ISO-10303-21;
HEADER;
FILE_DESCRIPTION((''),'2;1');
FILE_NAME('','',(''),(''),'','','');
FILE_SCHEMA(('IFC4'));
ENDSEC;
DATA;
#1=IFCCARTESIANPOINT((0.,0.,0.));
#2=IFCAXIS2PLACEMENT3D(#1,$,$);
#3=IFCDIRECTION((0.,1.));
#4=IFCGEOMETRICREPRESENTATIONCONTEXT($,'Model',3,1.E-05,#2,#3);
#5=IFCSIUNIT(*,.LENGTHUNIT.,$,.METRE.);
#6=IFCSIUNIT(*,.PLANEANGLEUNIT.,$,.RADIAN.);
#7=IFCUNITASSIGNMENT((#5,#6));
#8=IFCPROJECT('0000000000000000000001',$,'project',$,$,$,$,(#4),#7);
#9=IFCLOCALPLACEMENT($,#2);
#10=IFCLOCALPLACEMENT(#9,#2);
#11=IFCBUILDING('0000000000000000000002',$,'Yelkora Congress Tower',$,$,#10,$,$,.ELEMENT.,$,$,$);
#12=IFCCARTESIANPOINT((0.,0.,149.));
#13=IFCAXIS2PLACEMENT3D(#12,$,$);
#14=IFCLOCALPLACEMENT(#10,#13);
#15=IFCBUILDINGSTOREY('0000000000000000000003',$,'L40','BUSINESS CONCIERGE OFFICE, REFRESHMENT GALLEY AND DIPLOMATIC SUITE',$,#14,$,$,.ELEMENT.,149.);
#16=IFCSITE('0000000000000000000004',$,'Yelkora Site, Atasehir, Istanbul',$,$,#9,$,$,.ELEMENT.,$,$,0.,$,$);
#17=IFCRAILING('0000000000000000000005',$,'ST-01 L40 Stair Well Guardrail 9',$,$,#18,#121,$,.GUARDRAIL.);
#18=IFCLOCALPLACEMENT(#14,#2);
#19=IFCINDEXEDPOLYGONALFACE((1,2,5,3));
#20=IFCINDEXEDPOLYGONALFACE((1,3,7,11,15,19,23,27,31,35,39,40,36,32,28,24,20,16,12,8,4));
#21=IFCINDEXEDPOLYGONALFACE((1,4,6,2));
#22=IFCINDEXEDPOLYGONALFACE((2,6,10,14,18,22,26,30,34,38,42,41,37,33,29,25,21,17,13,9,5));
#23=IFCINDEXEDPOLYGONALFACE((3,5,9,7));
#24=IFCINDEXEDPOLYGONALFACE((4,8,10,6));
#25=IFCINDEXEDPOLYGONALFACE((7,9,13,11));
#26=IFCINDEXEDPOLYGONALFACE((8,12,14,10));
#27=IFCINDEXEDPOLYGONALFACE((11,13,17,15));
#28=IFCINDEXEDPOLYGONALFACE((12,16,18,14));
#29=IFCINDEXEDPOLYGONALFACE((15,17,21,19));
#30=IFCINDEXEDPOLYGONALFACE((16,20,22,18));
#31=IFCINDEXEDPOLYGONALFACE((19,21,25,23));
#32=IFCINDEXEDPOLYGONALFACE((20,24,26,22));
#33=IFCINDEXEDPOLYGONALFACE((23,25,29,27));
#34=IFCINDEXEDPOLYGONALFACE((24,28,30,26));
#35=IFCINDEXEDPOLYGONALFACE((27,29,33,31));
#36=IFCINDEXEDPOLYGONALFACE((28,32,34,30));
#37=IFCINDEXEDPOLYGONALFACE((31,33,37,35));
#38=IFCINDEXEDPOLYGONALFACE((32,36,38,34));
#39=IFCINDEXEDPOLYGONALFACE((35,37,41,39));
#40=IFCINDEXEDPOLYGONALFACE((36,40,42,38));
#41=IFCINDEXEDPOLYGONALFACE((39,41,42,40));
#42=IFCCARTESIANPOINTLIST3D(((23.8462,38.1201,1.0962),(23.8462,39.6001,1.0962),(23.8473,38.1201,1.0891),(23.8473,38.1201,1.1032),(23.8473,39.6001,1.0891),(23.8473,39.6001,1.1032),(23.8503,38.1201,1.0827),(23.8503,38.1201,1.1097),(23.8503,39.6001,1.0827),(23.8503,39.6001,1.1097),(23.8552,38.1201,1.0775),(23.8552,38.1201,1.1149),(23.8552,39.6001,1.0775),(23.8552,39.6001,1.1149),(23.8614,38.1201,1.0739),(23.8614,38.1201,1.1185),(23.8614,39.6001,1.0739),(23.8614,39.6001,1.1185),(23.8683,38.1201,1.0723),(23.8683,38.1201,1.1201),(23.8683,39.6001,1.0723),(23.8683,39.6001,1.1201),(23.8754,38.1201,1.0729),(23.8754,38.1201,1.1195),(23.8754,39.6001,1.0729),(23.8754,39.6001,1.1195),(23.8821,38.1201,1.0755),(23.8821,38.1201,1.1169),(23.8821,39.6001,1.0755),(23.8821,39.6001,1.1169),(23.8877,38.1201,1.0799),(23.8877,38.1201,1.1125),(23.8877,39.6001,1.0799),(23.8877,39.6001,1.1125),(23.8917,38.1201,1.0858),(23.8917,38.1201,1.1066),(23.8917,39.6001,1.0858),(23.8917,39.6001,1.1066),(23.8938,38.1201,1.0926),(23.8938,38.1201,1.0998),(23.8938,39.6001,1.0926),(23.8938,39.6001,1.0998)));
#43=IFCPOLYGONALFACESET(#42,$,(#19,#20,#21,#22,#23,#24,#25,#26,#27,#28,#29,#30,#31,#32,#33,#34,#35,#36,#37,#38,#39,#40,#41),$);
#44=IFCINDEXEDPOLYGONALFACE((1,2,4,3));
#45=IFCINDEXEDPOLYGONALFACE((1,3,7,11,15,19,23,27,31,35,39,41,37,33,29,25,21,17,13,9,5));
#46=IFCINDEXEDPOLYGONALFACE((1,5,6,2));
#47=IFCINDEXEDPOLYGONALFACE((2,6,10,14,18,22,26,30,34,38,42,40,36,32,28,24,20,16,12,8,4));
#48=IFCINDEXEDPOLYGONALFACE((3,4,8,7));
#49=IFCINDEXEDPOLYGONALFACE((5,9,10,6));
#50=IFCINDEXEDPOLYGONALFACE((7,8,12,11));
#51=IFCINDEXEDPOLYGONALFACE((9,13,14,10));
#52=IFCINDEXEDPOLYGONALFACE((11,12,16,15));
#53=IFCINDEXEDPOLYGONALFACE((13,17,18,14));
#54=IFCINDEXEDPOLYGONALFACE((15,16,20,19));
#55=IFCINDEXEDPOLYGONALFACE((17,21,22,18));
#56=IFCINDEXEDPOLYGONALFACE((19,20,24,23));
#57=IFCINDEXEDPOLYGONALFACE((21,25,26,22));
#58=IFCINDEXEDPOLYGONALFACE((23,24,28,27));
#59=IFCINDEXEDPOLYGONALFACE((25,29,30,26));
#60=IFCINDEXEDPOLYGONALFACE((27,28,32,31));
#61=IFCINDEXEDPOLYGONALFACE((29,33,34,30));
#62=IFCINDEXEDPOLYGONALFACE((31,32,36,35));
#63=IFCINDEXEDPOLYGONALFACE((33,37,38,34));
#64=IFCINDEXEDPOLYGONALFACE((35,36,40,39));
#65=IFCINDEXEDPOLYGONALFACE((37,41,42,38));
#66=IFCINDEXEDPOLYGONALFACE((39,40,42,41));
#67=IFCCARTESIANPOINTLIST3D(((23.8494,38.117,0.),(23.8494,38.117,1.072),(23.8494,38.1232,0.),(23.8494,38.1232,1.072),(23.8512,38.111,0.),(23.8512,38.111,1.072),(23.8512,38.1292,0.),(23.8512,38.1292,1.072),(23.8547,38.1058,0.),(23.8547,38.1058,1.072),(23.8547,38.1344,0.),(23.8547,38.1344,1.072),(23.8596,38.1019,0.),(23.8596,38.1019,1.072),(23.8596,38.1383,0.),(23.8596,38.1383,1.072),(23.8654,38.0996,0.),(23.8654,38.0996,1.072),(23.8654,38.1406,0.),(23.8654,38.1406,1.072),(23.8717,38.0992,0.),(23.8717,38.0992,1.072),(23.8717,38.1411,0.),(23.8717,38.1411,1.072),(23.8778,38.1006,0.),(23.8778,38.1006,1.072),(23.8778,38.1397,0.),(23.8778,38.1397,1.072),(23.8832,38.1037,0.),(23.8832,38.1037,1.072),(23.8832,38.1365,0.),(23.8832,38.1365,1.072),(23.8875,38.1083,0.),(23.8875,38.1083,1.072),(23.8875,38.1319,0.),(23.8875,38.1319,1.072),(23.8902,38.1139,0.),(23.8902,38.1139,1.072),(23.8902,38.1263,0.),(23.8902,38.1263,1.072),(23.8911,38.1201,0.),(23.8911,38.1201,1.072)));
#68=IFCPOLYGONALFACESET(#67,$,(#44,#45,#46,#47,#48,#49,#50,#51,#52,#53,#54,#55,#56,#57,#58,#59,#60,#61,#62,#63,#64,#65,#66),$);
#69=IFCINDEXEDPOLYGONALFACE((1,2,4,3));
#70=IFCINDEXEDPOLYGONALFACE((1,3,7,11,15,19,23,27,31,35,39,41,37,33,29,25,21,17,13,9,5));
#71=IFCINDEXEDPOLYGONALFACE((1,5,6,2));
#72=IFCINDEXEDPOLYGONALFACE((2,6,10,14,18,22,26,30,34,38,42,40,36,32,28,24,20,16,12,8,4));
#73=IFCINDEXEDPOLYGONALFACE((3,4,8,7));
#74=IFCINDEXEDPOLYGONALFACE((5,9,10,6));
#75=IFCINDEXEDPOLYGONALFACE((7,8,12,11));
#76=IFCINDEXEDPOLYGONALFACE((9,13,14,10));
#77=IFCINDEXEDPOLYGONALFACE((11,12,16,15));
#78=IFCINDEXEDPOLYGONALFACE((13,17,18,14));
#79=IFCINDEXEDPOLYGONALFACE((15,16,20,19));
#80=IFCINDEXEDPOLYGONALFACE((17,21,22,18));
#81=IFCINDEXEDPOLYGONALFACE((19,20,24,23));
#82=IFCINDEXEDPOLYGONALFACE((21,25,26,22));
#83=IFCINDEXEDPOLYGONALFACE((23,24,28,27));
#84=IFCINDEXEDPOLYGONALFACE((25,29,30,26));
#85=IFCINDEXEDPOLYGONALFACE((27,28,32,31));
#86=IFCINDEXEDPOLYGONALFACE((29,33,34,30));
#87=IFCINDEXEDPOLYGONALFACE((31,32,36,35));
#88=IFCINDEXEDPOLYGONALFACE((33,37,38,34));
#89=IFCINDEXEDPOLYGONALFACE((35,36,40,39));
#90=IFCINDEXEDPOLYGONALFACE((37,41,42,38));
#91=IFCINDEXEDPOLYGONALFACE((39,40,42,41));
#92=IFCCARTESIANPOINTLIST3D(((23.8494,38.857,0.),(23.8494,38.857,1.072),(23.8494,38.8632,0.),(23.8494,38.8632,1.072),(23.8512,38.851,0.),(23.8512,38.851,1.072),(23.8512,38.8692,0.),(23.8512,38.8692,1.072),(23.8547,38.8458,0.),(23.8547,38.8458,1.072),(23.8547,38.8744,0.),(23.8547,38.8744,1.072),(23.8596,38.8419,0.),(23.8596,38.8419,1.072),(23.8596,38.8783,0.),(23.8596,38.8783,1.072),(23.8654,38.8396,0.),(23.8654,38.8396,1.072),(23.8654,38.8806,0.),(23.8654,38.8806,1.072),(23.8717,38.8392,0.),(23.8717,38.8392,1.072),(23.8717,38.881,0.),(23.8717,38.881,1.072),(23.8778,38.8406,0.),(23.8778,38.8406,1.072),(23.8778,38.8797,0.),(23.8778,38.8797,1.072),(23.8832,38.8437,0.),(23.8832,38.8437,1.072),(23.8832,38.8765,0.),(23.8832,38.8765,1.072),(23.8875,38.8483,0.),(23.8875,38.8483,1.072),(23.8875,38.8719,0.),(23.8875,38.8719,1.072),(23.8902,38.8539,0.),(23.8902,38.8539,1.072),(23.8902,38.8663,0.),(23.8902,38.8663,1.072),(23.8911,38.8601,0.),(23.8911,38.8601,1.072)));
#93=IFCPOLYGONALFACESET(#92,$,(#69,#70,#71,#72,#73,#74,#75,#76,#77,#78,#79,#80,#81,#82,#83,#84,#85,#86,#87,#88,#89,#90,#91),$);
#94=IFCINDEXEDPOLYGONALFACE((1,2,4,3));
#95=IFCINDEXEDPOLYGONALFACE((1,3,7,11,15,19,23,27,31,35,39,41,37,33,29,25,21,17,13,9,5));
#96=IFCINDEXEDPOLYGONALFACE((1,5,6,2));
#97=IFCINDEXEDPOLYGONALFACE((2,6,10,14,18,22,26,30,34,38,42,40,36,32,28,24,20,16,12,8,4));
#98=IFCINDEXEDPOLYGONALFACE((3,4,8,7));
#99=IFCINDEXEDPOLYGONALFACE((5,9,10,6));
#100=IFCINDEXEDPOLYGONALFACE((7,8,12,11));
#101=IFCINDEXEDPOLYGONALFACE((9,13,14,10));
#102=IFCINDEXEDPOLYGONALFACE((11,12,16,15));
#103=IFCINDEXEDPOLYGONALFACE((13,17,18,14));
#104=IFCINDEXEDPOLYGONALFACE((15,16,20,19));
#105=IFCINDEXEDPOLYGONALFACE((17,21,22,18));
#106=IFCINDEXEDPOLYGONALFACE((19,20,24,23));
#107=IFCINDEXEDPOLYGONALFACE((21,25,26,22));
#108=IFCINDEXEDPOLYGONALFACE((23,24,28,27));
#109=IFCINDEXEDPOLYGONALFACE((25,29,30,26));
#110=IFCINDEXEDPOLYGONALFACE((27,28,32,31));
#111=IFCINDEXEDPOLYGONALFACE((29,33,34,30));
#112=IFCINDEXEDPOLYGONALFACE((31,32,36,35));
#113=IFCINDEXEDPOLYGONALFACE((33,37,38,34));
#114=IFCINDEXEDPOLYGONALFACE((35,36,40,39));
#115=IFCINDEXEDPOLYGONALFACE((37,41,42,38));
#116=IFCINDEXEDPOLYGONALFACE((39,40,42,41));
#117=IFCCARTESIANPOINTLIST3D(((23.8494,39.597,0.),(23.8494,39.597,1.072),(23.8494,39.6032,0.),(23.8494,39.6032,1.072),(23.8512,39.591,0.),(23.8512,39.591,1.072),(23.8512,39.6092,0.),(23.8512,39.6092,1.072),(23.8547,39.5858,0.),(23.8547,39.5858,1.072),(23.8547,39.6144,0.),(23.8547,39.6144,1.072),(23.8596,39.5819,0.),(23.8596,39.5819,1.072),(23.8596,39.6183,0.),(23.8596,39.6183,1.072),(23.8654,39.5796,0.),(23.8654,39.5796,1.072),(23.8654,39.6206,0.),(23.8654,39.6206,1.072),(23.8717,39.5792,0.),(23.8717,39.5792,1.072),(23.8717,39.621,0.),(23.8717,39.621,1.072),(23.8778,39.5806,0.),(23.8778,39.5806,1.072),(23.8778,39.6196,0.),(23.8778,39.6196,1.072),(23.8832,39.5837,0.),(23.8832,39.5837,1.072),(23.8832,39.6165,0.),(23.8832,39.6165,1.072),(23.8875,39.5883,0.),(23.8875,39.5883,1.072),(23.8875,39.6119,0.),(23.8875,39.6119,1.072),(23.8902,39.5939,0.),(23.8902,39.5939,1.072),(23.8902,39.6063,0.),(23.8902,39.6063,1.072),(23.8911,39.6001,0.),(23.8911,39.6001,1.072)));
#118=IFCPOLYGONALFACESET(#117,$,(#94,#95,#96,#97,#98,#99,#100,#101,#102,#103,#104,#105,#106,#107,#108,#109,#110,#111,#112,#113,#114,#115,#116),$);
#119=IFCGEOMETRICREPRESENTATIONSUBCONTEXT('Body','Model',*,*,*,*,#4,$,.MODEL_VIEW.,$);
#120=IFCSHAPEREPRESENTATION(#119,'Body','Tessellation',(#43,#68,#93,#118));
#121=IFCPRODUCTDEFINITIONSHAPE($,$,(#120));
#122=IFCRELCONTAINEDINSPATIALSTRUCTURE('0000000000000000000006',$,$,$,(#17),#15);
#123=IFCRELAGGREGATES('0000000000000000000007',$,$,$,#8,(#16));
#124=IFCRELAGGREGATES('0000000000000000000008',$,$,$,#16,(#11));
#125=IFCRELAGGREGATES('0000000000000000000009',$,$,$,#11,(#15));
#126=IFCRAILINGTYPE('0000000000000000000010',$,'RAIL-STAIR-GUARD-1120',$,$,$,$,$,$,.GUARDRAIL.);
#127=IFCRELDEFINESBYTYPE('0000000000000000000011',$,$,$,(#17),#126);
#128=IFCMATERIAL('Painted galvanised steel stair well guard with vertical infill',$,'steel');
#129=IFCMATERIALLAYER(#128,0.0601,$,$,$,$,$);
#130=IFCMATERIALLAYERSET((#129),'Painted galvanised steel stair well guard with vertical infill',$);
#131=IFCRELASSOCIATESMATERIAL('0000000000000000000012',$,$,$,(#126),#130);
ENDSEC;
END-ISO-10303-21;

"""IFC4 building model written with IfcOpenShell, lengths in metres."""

from ifc_helpers import new_model, si_unit, direction, frame, origin, origin_2d, place, context, subcontext, project, spatial, circle, extrude, material, layer, layer_set, type_object, element, save


model = new_model("IFC4")

# Units and contexts
model_context = context("Model", 3, precision=1e-05, world=origin(), true_north=direction((0.0, 1.0)))
body_context = subcontext(model_context, "Body", "Model", "MODEL_VIEW")
ifc_project = project(units=[si_unit("LENGTHUNIT", "METRE"), si_unit("PLANEANGLEUNIT", "RADIAN")], contexts=[model_context])

# Site, building, storey
site_placement = place(None, origin())
site = spatial("IfcSite", under=ifc_project, at=site_placement, Name="Yelkora Site, Atasehir, Istanbul", CompositionType="ELEMENT", RefElevation=0.0)
building_placement = place(site_placement, origin())
building = spatial("IfcBuilding", under=site, at=building_placement, Name="Yelkora Congress Tower", CompositionType="ELEMENT")
storey_placement = place(building_placement, frame((0.0, 0.0, 149.0)))
storey = spatial("IfcBuildingStorey", under=building, at=storey_placement, Name="L40", Description="BUSINESS CONCIERGE OFFICE, REFRESHMENT GALLEY AND DIPLOMATIC SUITE", CompositionType="ELEMENT", Elevation=149.0)

# Railing
ifc_material_1 = material(Name="Painted galvanised steel stair well guard with vertical infill", Category="steel")
ifc_layer_1 = layer(ifc_material_1, 0.0601)
ifc_layer_set_1 = layer_set([ifc_layer_1], Name="Painted galvanised steel stair well guard with vertical infill")
railing_type_1 = type_object("IfcRailingType", Name="RAIL-STAIR-GUARD-1120", PredefinedType="GUARDRAIL", material=ifc_layer_set_1)
for number, where, name in (
    (1, (23.8701, 38.1201, 0.0), "ST-01 L40 Stair Well Guardrail 9"),
):
    element("IfcRailing", number, at=place(storey_placement, frame(where)), inside=storey, type_object=railing_type_1, Name=name, PredefinedType="GUARDRAIL", context=body_context, shape_type="SweptSolid", body=[
        extrude(circle(Radius=0.0239, at=origin_2d()), frame((0.0, 0.0, 1.0962), z_axis=(0.0, 1.0, 0.0), x_axis=(-1.0, 0.0, 0.0)), (0.0, 0.0, 1.0), 1.48),
        extrude(circle(Radius=0.021, at=origin_2d()), origin(), (0.0, 0.0, 1.0), 1.072),
        extrude(circle(Radius=0.021, at=origin_2d()), frame((0.0, 0.74, 0.0)), (0.0, 0.0, 1.0), 1.072),
        extrude(circle(Radius=0.021, at=origin_2d()), frame((0.0, 1.48, 0.0)), (0.0, 0.0, 1.0), 1.072),
    ])

save(model, "model.ifc")
